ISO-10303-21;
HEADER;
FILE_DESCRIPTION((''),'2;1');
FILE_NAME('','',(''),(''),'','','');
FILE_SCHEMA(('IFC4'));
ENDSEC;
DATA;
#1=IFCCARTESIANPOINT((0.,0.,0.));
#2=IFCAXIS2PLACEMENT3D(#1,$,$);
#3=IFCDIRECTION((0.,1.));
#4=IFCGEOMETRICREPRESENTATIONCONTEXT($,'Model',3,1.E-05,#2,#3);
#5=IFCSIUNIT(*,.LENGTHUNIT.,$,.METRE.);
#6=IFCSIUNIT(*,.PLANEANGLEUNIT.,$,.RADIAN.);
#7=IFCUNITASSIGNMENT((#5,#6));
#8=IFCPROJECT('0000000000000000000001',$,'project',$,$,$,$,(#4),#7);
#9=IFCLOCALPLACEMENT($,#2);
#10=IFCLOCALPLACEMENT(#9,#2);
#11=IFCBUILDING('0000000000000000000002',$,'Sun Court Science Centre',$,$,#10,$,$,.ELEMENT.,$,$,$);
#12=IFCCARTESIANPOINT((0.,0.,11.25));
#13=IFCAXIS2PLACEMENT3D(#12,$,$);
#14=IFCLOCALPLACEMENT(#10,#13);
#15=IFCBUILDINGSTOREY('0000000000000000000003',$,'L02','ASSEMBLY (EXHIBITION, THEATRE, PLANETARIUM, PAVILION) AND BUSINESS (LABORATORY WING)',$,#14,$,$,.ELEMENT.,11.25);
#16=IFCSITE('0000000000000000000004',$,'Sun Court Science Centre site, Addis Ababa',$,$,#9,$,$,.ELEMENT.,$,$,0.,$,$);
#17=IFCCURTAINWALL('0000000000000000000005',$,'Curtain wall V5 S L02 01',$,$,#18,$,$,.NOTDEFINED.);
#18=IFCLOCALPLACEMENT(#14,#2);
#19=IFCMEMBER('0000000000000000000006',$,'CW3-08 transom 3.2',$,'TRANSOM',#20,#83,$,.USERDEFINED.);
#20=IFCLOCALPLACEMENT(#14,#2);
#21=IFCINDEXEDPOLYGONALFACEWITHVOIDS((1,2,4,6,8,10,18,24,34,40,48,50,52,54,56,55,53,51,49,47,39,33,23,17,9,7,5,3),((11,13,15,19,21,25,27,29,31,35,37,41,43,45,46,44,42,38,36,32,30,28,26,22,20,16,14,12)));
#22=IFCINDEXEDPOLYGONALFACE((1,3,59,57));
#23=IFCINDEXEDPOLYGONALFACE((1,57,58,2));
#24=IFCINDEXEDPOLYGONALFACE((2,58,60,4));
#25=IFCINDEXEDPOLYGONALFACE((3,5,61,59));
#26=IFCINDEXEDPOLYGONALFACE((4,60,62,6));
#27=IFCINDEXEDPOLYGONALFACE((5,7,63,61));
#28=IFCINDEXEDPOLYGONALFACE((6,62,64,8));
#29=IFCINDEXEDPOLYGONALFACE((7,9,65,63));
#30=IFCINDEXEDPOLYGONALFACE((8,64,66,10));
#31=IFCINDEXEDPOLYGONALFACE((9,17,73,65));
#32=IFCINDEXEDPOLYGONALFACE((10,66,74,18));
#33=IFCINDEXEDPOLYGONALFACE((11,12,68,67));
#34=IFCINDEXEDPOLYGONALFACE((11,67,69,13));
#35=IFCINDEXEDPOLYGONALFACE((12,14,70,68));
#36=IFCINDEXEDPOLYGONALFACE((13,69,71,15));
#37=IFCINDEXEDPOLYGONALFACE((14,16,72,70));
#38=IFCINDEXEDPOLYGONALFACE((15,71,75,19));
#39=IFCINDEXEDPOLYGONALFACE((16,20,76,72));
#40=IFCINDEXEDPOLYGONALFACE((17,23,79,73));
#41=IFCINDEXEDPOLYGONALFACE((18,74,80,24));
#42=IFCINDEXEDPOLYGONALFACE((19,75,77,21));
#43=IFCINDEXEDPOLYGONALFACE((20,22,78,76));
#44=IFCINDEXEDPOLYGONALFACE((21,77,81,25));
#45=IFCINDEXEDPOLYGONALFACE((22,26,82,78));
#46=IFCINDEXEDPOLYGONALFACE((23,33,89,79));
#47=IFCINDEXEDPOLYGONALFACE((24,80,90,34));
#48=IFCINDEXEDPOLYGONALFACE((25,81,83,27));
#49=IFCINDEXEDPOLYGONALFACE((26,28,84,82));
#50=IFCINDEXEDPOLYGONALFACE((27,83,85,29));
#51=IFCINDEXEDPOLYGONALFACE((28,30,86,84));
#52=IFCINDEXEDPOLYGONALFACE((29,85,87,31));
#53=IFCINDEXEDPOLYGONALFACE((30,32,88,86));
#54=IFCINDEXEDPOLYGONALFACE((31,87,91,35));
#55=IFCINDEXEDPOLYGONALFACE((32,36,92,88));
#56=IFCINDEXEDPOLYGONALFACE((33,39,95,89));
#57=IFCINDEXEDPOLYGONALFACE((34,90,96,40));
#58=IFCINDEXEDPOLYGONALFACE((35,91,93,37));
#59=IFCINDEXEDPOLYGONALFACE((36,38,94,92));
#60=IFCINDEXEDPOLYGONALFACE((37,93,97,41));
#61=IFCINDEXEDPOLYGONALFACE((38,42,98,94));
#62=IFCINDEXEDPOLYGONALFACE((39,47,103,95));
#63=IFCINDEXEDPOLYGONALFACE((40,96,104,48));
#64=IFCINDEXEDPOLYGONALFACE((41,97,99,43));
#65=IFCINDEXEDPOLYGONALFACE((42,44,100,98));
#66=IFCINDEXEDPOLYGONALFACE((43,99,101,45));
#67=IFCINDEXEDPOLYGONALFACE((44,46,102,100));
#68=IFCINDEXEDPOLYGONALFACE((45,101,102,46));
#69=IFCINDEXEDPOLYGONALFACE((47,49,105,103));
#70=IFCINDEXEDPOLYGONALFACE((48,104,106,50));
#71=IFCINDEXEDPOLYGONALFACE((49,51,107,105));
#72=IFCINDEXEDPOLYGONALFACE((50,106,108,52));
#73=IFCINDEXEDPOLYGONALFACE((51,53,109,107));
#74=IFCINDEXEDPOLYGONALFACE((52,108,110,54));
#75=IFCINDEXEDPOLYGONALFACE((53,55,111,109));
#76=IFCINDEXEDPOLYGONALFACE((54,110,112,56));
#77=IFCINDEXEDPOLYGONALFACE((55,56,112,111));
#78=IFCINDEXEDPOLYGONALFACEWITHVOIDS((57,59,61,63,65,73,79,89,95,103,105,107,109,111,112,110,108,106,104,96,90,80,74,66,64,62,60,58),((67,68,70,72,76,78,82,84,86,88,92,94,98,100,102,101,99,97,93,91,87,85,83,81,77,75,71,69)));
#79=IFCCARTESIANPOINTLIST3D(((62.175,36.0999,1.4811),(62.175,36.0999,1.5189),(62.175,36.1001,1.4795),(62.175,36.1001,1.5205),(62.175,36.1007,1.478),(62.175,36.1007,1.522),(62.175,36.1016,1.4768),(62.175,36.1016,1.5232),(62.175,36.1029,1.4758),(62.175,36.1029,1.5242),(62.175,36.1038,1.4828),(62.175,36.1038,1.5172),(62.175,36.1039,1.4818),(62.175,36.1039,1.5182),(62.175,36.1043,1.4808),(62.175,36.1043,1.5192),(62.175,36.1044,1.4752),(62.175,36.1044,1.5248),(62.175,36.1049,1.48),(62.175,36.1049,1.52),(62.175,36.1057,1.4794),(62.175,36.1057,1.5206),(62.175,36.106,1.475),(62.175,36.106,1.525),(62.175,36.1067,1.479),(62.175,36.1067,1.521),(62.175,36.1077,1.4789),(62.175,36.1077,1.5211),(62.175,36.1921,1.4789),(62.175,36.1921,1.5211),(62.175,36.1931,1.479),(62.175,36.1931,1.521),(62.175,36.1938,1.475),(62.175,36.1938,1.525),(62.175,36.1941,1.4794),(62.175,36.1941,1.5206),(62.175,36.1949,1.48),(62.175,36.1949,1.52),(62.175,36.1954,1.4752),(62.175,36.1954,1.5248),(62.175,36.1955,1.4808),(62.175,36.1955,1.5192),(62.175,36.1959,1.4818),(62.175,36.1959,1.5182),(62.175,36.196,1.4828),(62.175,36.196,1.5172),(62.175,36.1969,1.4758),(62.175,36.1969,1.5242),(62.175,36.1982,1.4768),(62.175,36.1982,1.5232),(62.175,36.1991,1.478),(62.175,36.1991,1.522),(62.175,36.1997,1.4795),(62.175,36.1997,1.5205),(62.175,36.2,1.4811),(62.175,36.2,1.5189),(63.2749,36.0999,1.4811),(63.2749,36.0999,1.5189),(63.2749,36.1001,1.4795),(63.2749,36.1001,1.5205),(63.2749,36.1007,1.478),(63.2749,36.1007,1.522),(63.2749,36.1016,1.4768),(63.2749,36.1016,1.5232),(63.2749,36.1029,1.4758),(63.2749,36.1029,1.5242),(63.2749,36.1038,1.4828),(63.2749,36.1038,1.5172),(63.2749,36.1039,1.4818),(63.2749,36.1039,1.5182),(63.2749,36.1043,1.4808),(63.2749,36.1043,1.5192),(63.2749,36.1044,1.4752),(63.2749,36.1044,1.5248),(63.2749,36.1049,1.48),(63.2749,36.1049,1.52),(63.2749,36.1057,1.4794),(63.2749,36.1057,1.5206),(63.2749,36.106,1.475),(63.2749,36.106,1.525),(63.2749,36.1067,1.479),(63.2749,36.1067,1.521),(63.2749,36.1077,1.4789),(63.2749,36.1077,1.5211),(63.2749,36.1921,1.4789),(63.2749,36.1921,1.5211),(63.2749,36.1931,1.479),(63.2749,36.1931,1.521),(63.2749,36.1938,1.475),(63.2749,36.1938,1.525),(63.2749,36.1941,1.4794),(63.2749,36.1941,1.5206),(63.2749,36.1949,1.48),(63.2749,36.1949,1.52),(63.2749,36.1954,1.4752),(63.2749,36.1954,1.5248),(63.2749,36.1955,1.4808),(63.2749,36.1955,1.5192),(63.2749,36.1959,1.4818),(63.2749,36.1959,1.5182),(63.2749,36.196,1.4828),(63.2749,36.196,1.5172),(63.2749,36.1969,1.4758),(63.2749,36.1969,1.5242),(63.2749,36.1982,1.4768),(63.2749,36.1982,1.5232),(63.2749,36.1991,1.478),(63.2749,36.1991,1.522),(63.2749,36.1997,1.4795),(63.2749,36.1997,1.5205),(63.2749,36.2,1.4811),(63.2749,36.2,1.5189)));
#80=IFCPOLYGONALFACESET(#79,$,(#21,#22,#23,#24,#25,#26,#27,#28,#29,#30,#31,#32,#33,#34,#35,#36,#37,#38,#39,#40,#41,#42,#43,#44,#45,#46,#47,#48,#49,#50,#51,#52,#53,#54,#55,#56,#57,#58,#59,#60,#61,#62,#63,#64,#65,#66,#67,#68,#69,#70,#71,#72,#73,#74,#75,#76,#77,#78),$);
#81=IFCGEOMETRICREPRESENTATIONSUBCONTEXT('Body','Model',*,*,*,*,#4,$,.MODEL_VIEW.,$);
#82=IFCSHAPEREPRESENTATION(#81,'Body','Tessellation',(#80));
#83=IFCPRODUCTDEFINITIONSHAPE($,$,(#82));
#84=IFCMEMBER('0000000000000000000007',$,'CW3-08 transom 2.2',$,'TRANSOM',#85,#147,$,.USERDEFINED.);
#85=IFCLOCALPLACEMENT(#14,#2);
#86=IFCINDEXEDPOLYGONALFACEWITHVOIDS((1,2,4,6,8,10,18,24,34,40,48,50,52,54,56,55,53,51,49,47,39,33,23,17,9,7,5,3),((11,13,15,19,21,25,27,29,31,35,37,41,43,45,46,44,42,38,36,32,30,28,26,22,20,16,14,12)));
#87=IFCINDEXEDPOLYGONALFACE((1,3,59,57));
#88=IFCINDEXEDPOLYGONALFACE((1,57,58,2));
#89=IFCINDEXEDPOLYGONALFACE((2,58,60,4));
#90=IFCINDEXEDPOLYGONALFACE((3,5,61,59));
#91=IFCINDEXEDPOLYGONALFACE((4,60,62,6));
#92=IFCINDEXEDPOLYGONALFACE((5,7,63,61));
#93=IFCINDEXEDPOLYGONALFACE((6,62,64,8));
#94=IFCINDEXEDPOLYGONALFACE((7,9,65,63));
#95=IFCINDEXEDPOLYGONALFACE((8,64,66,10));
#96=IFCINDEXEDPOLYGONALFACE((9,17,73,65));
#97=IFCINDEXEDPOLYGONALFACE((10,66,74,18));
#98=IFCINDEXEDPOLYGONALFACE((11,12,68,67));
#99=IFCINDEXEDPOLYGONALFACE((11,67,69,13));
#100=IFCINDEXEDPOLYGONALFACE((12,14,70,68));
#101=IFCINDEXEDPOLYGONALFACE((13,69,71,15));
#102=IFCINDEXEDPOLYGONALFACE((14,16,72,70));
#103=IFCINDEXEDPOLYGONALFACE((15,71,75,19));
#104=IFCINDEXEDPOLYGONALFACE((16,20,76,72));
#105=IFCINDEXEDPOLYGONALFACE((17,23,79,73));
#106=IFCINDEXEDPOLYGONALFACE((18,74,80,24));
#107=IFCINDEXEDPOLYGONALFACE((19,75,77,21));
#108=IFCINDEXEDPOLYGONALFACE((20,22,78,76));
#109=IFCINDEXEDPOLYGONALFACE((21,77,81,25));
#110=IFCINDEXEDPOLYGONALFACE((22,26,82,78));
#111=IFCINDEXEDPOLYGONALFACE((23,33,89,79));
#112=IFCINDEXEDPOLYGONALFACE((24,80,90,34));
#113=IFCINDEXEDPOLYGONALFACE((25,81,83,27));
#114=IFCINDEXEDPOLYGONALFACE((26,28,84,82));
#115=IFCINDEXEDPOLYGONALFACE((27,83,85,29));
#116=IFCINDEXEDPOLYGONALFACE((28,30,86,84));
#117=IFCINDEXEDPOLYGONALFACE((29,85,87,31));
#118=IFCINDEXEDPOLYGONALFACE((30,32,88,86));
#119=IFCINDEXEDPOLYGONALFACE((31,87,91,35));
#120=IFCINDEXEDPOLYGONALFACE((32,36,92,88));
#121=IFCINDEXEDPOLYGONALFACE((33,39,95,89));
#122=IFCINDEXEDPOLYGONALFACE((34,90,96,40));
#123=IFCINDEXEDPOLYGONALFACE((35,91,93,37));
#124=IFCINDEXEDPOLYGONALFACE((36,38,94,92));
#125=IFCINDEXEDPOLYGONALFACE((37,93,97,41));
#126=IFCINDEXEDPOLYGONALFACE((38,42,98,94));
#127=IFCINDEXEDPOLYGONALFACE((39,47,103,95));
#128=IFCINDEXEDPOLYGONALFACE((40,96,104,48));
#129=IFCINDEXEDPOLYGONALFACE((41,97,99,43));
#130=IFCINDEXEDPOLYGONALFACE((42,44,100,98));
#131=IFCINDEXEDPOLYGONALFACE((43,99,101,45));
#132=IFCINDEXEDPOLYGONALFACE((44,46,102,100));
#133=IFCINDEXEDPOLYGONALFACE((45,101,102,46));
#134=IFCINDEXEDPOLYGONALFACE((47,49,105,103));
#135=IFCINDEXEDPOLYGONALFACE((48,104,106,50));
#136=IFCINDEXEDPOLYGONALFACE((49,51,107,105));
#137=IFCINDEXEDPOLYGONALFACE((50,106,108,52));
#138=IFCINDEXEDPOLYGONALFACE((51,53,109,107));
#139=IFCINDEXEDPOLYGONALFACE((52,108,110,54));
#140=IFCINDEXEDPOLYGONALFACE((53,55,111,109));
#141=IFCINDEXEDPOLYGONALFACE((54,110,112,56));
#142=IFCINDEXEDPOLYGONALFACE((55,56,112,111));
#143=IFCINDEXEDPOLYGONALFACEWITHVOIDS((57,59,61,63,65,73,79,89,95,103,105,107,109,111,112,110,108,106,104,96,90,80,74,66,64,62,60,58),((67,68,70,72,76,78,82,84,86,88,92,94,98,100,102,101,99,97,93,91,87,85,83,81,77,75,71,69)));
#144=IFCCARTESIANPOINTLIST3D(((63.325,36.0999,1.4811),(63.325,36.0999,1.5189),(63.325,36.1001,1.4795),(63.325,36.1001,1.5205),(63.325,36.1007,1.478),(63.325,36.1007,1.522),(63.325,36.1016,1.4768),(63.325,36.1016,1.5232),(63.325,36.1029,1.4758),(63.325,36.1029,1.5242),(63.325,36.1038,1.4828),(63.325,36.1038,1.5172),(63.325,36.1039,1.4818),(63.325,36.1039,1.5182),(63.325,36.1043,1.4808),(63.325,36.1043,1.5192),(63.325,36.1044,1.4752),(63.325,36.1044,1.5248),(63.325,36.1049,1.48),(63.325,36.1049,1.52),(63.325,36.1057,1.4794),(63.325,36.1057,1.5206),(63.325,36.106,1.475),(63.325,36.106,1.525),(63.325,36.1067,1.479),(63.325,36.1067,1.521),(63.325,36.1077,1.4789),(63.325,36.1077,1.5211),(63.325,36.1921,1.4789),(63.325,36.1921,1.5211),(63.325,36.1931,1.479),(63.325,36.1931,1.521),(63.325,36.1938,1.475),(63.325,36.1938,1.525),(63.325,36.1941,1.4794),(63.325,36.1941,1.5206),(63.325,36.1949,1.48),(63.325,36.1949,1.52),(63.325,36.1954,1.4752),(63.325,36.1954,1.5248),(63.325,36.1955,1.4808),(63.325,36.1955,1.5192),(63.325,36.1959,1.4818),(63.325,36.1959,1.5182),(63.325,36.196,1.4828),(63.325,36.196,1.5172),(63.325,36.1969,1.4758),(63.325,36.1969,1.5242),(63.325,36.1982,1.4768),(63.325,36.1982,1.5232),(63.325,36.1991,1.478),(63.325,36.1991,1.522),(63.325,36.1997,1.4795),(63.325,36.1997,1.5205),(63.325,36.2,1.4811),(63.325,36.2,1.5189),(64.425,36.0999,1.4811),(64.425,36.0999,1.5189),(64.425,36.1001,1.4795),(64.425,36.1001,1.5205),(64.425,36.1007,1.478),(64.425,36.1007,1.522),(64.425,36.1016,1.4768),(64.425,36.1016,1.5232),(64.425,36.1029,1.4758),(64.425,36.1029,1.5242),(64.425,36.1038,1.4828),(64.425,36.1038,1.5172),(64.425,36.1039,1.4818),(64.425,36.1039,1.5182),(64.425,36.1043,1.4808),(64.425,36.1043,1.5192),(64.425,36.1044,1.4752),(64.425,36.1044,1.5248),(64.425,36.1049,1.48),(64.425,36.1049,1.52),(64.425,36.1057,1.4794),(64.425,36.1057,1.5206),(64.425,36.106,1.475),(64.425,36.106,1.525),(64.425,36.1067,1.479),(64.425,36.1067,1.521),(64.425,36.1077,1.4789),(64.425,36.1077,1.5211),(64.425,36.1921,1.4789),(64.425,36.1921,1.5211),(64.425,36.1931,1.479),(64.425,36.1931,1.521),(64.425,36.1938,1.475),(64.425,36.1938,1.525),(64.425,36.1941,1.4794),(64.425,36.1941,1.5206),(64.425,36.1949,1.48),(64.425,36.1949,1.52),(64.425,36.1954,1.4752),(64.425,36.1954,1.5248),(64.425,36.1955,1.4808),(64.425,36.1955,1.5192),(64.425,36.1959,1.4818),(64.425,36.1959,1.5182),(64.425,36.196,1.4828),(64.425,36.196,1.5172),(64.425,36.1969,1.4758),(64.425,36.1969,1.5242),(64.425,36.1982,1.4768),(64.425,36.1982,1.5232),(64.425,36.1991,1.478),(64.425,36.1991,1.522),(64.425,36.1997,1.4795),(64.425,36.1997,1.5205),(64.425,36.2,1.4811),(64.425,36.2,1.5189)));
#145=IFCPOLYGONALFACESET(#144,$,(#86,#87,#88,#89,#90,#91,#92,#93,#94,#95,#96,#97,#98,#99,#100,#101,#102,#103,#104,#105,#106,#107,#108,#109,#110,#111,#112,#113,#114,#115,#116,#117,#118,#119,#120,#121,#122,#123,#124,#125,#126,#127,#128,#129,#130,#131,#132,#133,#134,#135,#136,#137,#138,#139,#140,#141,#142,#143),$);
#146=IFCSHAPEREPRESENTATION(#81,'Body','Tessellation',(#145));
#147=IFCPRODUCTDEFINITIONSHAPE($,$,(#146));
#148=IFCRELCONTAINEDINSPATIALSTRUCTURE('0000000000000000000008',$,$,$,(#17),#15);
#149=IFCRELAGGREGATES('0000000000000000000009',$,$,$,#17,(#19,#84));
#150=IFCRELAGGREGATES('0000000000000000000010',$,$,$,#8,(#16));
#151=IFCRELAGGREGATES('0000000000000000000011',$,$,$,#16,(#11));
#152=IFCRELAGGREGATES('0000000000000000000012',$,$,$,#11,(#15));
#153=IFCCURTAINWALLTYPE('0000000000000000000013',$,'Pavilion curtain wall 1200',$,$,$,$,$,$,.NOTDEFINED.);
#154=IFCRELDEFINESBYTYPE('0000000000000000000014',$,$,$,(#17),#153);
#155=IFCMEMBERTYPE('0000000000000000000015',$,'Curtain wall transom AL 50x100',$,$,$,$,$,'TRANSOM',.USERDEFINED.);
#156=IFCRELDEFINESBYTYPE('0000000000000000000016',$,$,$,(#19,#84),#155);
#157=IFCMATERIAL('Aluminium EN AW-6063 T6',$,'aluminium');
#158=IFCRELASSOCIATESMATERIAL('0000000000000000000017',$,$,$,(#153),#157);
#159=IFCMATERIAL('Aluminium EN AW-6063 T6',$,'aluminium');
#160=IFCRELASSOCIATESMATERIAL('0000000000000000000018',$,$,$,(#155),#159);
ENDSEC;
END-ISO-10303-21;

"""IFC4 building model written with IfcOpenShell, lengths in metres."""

from ifc_helpers import new_model, si_unit, direction, frame, origin, origin_2d, place, context, subcontext, project, spatial, hollow_rectangle, extrude, material, material_profile, profile_set, type_object, element, aggregate, save


model = new_model("IFC4")

# Units and contexts
model_context = context("Model", 3, precision=1e-05, world=origin(), true_north=direction((0.0, 1.0)))
body_context = subcontext(model_context, "Body", "Model", "MODEL_VIEW")
ifc_project = project(units=[si_unit("LENGTHUNIT", "METRE"), si_unit("PLANEANGLEUNIT", "RADIAN")], contexts=[model_context])

# Site, building, storey
site_placement = place(None, origin())
site = spatial("IfcSite", under=ifc_project, at=site_placement, Name="Sun Court Science Centre site, Addis Ababa", CompositionType="ELEMENT", RefElevation=0.0)
building_placement = place(site_placement, origin())
building = spatial("IfcBuilding", under=site, at=building_placement, Name="Sun Court Science Centre", CompositionType="ELEMENT")
storey_placement = place(building_placement, frame((0.0, 0.0, 11.25)))
storey = spatial("IfcBuildingStorey", under=building, at=storey_placement, Name="L02", Description="ASSEMBLY (EXHIBITION, THEATRE, PLANETARIUM, PAVILION) AND BUSINESS (LABORATORY WING)", CompositionType="ELEMENT", Elevation=11.25)

# Curtain wall, members
ifc_material_1 = material(Name="Aluminium EN AW-6063 T6", Category="aluminium")
curtain_wall_type = type_object("IfcCurtainWallType", Name="Pavilion curtain wall 1200", PredefinedType="NOTDEFINED", material=ifc_material_1)
curtain_wall_placement = place(storey_placement, origin())
curtain_wall = element("IfcCurtainWall", 1, at=curtain_wall_placement, inside=storey, type_object=curtain_wall_type, Name="Curtain wall V5 S L02 01", PredefinedType="NOTDEFINED")
ifc_material_2 = material(Name="Aluminium EN AW-6063 T6", Category="aluminium")
ifc_material_profile_1 = material_profile(ifc_material_2, hollow_rectangle(XDim=0.05, YDim=0.1001, WallThickness=0.0039, InnerFilletRadius=0.0039, OuterFilletRadius=0.0061, at=origin_2d()), Name="AL 50x100x4")
ifc_profile_set_1 = profile_set([ifc_material_profile_1], Name="Aluminium EN AW-6063 T6")
member_type_1 = type_object("IfcMemberType", Name="Curtain wall transom AL 50x100", ElementType="TRANSOM", PredefinedType="USERDEFINED", material=ifc_profile_set_1)
member_1_placement = place(storey_placement, frame((63.2749, 36.1499, 1.5), z_axis=(-1.0, 0.0, 0.0), x_axis=(0.0, 0.0, 1.0)))
member_1 = element("IfcMember", 2, at=member_1_placement, type_object=member_type_1, Name="CW3-08 transom 3.2", ObjectType="TRANSOM", PredefinedType="USERDEFINED", context=body_context, shape_type="SweptSolid", body=[
    extrude(hollow_rectangle(XDim=0.05, YDim=0.1001, WallThickness=0.0039, InnerFilletRadius=0.0039, OuterFilletRadius=0.0061, at=origin_2d()), origin(), (0.0, 0.0, 1.0), 1.0999),
])
member_2_placement = place(storey_placement, frame((64.425, 36.1499, 1.5), z_axis=(-1.0, 0.0, 0.0), x_axis=(0.0, 0.0, 1.0)))
member_2 = element("IfcMember", 3, at=member_2_placement, type_object=member_type_1, Name="CW3-08 transom 2.2", ObjectType="TRANSOM", PredefinedType="USERDEFINED", context=body_context, shape_type="SweptSolid", body=[
    extrude(hollow_rectangle(XDim=0.05, YDim=0.1001, WallThickness=0.0039, InnerFilletRadius=0.0039, OuterFilletRadius=0.0061, at=origin_2d()), origin(), (0.0, 0.0, 1.0), 1.1001),
])
aggregate(curtain_wall, [member_1, member_2])

save(model, "model.ifc")
